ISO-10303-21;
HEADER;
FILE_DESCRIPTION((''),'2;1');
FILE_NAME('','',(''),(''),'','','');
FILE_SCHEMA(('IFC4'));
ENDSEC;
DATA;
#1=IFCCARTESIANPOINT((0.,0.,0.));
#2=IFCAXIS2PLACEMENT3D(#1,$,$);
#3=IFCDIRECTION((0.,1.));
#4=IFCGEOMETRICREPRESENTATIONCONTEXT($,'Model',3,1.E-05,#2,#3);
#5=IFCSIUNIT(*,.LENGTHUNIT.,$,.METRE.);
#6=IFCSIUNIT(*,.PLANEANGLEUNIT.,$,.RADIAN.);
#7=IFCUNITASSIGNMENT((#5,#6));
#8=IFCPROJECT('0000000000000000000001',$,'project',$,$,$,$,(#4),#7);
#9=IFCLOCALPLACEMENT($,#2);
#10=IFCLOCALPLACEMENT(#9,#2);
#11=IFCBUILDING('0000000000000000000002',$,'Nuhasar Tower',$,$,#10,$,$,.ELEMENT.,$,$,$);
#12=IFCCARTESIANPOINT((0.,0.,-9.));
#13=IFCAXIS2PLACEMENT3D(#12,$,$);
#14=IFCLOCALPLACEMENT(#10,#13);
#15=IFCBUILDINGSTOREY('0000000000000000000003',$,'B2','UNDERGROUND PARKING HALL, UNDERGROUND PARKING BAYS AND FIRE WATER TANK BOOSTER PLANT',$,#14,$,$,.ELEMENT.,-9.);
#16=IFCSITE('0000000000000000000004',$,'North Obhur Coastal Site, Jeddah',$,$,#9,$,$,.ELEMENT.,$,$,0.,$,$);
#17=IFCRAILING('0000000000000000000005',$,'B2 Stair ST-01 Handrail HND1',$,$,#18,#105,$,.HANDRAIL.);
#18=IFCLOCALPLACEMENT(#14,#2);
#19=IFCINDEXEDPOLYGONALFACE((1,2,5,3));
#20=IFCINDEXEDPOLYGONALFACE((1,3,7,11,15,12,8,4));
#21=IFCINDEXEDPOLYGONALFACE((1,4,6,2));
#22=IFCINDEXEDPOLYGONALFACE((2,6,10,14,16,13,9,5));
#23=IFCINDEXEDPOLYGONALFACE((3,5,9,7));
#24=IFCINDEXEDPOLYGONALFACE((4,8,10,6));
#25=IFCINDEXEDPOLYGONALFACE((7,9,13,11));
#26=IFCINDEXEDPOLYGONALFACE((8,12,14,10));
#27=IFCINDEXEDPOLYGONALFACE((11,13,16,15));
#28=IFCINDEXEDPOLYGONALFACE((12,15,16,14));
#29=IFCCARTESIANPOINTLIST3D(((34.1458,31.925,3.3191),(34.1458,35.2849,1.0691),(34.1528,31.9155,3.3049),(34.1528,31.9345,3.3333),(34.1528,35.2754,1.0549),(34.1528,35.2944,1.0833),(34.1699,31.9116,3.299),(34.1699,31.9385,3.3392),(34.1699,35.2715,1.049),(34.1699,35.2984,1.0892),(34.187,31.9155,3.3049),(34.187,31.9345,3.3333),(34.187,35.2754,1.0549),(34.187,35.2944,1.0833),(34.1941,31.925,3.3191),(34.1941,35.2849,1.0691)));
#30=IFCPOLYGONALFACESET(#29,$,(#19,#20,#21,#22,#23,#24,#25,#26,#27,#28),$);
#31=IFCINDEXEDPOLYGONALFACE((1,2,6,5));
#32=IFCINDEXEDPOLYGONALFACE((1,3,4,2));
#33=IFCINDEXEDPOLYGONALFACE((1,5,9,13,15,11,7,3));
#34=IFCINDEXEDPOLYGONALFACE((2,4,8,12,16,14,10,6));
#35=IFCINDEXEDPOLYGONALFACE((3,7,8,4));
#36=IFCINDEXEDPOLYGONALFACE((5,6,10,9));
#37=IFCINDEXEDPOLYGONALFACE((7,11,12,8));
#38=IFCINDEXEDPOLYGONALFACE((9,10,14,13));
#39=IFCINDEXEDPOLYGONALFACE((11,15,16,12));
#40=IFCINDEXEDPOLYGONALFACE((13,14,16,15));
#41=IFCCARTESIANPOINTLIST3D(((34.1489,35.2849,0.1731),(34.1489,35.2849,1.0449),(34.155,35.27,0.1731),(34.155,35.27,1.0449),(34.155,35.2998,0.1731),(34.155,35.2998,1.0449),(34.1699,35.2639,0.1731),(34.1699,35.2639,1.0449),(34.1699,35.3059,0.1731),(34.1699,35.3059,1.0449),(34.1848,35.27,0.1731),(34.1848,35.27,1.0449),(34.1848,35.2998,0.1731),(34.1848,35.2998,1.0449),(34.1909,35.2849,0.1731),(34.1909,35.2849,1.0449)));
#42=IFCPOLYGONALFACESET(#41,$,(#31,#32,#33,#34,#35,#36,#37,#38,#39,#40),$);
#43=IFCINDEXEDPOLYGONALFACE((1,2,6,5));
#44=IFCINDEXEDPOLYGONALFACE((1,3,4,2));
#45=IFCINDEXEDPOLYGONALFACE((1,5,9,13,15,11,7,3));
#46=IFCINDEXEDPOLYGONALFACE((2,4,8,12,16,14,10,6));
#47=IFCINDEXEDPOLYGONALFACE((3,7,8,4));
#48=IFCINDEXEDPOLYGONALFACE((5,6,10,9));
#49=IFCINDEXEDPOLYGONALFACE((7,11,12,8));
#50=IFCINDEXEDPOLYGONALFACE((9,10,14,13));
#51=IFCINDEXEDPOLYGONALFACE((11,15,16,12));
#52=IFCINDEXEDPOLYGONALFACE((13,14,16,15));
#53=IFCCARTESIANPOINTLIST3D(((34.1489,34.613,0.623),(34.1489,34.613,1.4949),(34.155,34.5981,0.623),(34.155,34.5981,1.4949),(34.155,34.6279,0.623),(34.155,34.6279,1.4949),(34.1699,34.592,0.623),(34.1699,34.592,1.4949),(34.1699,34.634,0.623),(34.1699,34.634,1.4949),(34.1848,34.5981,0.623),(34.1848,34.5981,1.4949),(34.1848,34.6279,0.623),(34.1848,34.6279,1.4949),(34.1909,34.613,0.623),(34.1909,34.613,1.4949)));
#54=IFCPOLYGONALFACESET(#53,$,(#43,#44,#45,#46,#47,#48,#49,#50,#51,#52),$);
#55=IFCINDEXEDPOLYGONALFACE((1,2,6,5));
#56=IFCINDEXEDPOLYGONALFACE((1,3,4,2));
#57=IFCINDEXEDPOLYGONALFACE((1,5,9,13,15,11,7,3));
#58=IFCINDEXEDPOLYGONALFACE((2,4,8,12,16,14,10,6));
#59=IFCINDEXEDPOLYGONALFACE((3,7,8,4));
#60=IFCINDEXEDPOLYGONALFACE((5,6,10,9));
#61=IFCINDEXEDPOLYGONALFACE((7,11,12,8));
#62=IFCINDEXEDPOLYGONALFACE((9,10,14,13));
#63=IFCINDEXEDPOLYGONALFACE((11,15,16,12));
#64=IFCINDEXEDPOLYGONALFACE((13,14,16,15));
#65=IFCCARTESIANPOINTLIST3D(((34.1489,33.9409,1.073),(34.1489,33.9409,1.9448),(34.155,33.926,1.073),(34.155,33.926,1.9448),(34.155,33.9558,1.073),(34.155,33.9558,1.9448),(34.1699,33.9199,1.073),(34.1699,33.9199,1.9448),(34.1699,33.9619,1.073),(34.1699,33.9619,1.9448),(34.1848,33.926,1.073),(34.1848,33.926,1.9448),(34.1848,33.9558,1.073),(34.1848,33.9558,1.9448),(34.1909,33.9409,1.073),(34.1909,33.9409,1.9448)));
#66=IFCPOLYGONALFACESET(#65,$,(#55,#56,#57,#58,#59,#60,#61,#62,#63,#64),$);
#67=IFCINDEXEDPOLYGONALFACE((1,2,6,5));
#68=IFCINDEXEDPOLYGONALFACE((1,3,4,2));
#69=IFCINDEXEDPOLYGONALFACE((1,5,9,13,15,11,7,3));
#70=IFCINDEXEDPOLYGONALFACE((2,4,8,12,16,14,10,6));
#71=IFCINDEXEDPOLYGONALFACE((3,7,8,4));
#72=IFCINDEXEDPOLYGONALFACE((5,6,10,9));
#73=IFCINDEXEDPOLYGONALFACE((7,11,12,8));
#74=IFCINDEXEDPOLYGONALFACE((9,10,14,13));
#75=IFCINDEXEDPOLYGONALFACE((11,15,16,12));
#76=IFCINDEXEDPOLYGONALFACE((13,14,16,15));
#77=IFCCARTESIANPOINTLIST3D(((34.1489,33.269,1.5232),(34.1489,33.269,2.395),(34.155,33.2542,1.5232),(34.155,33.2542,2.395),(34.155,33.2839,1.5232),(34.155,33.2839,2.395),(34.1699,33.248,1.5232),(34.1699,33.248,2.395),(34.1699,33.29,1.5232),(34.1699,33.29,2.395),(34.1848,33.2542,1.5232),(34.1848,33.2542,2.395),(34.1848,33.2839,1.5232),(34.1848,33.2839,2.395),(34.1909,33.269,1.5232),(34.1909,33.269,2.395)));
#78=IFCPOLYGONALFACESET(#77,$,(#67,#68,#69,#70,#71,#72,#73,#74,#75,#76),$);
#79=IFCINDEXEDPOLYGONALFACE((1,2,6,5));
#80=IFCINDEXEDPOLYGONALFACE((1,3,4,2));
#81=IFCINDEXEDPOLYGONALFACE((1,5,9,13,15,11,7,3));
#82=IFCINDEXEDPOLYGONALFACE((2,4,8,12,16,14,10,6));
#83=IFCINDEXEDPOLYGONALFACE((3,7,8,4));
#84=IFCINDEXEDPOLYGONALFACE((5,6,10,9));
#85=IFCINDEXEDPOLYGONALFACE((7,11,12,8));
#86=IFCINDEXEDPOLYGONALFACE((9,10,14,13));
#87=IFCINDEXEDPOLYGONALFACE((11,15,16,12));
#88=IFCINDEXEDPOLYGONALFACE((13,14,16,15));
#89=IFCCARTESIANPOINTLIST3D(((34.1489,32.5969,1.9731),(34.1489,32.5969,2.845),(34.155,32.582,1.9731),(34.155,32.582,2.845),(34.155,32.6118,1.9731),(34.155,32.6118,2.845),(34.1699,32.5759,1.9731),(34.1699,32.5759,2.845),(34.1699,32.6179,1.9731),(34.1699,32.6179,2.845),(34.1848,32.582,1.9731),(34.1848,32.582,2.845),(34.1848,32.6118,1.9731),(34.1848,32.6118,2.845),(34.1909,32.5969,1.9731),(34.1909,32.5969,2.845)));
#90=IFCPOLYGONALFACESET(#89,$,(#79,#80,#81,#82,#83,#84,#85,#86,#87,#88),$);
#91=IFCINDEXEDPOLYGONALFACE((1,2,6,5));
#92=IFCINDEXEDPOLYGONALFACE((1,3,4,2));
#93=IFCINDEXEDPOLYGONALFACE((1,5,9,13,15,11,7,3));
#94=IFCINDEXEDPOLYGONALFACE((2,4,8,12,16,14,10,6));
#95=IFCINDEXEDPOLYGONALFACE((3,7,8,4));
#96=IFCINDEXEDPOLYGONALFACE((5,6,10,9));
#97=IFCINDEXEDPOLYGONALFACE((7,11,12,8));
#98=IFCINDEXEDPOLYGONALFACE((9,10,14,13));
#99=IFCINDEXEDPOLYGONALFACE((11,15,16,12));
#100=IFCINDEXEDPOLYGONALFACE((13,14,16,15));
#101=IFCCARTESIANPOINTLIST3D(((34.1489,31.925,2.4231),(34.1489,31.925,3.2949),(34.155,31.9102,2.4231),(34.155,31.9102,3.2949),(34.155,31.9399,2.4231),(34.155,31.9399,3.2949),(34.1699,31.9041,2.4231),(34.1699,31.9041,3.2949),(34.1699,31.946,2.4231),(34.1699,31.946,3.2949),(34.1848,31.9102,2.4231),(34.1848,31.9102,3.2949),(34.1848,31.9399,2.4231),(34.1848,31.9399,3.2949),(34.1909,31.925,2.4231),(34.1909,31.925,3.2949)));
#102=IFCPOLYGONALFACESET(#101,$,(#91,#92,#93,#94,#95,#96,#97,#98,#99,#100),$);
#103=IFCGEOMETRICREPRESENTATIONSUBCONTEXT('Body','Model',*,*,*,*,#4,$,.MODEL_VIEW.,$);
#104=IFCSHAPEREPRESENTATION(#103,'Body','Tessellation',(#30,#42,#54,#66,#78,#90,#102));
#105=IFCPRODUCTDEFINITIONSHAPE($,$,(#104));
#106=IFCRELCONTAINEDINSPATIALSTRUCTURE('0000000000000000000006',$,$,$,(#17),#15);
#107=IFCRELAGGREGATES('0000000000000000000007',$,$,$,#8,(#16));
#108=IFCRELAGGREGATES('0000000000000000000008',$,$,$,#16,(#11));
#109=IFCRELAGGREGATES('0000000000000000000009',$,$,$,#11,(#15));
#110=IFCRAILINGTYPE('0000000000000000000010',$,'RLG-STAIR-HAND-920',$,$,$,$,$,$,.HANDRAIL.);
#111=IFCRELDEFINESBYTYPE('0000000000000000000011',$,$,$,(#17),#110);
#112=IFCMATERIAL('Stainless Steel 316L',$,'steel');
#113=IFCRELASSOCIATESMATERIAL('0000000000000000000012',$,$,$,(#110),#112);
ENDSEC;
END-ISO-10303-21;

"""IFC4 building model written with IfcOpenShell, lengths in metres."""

from ifc_helpers import new_model, si_unit, direction, frame, origin, place, context, subcontext, project, spatial, polyline, outline, extrude, material, type_object, element, save


model = new_model("IFC4")

# Units and contexts
model_context = context("Model", 3, precision=1e-05, world=origin(), true_north=direction((0.0, 1.0)))
body_context = subcontext(model_context, "Body", "Model", "MODEL_VIEW")
ifc_project = project(units=[si_unit("LENGTHUNIT", "METRE"), si_unit("PLANEANGLEUNIT", "RADIAN")], contexts=[model_context])

# Site, building, storey
site_placement = place(None, origin())
site = spatial("IfcSite", under=ifc_project, at=site_placement, Name="North Obhur Coastal Site, Jeddah", CompositionType="ELEMENT", RefElevation=0.0)
building_placement = place(site_placement, origin())
building = spatial("IfcBuilding", under=site, at=building_placement, Name="Nuhasar Tower", CompositionType="ELEMENT")
storey_placement = place(building_placement, frame((0.0, 0.0, -9.0)))
storey = spatial("IfcBuildingStorey", under=building, at=storey_placement, Name="B2", Description="UNDERGROUND PARKING HALL, UNDERGROUND PARKING BAYS AND FIRE WATER TANK BOOSTER PLANT", CompositionType="ELEMENT", Elevation=-9.0)

# Railing
ifc_material_1 = material(Name="Stainless Steel 316L", Category="steel")
railing_type_1 = type_object("IfcRailingType", Name="RLG-STAIR-HAND-920", PredefinedType="HANDRAIL", material=ifc_material_1)
railing_1_placement = place(storey_placement, frame((34.1699, 35.2849, 0.1731)))
element("IfcRailing", 1, at=railing_1_placement, inside=storey, type_object=railing_type_1, Name="B2 Stair ST-01 Handrail HND1", PredefinedType="HANDRAIL", context=body_context, shape_type="SweptSolid", body=[
    extrude(outline(polyline([(0.0242, 0.0), (0.0171, 0.0171), (0.0, 0.0242), (-0.0171, 0.0171), (-0.0242, 0.0), (-0.0171, -0.0171), (0.0, -0.0242), (0.0171, -0.0171), (0.0242, 0.0)])), frame((0.0, 0.0, 0.896), z_axis=(0.0, -0.830897, 0.556427), x_axis=(1.0, 0.0, 0.0)), (0.0, 0.0, 1.0), 4.0437),
    extrude(outline(polyline([(0.021, 0.0), (0.0149, 0.0149), (0.0, 0.021), (-0.0149, 0.0149), (-0.021, 0.0), (-0.0149, -0.0149), (0.0, -0.021), (0.0149, -0.0149), (0.021, 0.0)])), origin(), (0.0, 0.0, 1.0), 0.8718),
    extrude(outline(polyline([(0.021, 0.0), (0.0149, 0.0149), (0.0, 0.021), (-0.0149, 0.0149), (-0.021, 0.0), (-0.0149, -0.0149), (0.0, -0.021), (0.0149, -0.0149), (0.021, 0.0)])), frame((0.0, -0.6719, 0.45)), (0.0, 0.0, 1.0), 0.8718),
    extrude(outline(polyline([(0.021, 0.0), (0.0149, 0.0149), (0.0, 0.021), (-0.0149, 0.0149), (-0.021, 0.0), (-0.0149, -0.0149), (0.0, -0.021), (0.0149, -0.0149), (0.021, 0.0)])), frame((0.0, -1.344, 0.8999)), (0.0, 0.0, 1.0), 0.8718),
    extrude(outline(polyline([(0.021, 0.0), (0.0149, 0.0149), (0.0, 0.021), (-0.0149, 0.0149), (-0.021, 0.0), (-0.0149, -0.0149), (0.0, -0.021), (0.0149, -0.0149), (0.021, 0.0)])), frame((0.0, -2.0159, 1.3501)), (0.0, 0.0, 1.0), 0.8718),
    extrude(outline(polyline([(0.021, 0.0), (0.0149, 0.0149), (0.0, 0.021), (-0.0149, 0.0149), (-0.021, 0.0), (-0.0149, -0.0149), (0.0, -0.021), (0.0149, -0.0149), (0.021, 0.0)])), frame((0.0, -2.688, 1.8)), (0.0, 0.0, 1.0), 0.8718),
    extrude(outline(polyline([(0.021, 0.0), (0.0149, 0.0149), (0.0, 0.021), (-0.0149, 0.0149), (-0.021, 0.0), (-0.0149, -0.0149), (0.0, -0.021), (0.0149, -0.0149), (0.021, 0.0)])), frame((0.0, -3.3599, 2.25)), (0.0, 0.0, 1.0), 0.8718),
])

save(model, "model.ifc")
